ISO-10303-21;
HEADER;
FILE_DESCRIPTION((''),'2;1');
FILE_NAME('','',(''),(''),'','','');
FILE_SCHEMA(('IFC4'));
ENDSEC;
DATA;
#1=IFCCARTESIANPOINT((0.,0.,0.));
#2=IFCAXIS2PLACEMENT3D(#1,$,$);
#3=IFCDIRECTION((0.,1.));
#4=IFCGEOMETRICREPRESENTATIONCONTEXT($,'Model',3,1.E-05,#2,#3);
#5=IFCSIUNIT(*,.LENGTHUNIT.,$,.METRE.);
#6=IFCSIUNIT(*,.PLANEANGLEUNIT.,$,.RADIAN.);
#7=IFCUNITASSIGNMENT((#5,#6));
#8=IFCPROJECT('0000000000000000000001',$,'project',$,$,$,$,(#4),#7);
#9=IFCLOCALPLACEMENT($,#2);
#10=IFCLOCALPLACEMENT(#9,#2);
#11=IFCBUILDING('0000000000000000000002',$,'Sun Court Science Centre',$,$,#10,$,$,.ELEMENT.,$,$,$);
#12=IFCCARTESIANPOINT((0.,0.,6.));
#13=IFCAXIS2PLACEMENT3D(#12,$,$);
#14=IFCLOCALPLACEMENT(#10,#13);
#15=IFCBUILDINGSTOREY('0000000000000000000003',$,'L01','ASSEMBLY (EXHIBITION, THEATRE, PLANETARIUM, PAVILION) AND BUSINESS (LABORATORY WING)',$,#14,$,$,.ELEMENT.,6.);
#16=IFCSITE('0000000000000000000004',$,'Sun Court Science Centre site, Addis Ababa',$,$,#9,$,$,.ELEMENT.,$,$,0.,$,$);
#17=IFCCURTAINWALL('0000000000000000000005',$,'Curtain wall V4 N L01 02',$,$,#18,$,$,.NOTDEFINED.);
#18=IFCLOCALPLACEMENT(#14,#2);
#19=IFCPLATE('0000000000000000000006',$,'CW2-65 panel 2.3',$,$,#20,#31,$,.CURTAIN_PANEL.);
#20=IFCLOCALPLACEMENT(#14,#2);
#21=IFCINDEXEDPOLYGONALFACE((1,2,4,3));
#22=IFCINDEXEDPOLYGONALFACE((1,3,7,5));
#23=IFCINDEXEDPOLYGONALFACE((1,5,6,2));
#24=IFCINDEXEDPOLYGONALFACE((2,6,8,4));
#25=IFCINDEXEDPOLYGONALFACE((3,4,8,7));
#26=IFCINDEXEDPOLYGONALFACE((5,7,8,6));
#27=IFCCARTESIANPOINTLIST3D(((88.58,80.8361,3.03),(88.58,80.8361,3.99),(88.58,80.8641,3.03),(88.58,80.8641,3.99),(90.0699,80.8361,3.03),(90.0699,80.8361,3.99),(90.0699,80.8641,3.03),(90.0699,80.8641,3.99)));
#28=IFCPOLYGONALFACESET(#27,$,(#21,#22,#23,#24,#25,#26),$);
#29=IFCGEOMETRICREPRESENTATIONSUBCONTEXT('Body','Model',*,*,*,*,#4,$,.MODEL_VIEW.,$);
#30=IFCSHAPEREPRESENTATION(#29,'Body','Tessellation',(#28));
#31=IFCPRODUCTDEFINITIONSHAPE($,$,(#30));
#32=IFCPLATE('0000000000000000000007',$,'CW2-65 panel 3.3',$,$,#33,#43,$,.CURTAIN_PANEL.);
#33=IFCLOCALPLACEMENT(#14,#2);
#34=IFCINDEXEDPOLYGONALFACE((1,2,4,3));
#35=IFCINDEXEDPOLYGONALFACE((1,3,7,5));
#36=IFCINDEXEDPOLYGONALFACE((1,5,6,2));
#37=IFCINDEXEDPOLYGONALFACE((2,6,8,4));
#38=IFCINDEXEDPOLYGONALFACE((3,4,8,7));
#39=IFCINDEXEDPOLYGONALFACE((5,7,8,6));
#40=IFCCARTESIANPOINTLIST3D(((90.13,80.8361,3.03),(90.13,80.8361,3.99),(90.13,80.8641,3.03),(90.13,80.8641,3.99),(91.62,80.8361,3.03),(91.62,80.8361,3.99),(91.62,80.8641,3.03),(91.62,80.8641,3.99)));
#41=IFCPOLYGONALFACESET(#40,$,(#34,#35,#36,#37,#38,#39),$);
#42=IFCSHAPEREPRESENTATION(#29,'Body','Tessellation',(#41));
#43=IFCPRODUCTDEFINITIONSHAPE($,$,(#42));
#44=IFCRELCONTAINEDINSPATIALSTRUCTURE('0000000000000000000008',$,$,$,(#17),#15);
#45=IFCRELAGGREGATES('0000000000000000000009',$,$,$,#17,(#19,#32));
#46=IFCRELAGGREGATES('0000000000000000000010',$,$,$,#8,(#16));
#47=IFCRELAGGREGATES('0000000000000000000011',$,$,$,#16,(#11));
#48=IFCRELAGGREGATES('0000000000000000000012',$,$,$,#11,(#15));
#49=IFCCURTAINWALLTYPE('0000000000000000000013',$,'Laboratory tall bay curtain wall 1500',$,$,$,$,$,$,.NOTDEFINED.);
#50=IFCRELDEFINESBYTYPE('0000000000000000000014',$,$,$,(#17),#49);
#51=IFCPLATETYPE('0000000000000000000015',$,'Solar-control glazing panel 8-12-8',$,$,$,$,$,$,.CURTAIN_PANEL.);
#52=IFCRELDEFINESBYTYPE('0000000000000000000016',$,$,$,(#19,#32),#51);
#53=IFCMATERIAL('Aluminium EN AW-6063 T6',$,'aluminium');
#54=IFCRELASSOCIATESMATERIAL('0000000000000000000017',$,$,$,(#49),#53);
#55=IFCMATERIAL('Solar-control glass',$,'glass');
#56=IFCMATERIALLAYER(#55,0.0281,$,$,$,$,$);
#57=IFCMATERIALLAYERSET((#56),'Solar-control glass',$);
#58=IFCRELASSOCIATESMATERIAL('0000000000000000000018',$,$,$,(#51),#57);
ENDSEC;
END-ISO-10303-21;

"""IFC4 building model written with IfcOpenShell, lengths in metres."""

from ifc_helpers import new_model, si_unit, direction, frame, origin, origin_2d, place, context, subcontext, project, spatial, rectangle, extrude, material, layer, layer_set, type_object, element, aggregate, save


model = new_model("IFC4")

# Units and contexts
model_context = context("Model", 3, precision=1e-05, world=origin(), true_north=direction((0.0, 1.0)))
body_context = subcontext(model_context, "Body", "Model", "MODEL_VIEW")
ifc_project = project(units=[si_unit("LENGTHUNIT", "METRE"), si_unit("PLANEANGLEUNIT", "RADIAN")], contexts=[model_context])

# Site, building, storey
site_placement = place(None, origin())
site = spatial("IfcSite", under=ifc_project, at=site_placement, Name="Sun Court Science Centre site, Addis Ababa", CompositionType="ELEMENT", RefElevation=0.0)
building_placement = place(site_placement, origin())
building = spatial("IfcBuilding", under=site, at=building_placement, Name="Sun Court Science Centre", CompositionType="ELEMENT")
storey_placement = place(building_placement, frame((0.0, 0.0, 6.0)))
storey = spatial("IfcBuildingStorey", under=building, at=storey_placement, Name="L01", Description="ASSEMBLY (EXHIBITION, THEATRE, PLANETARIUM, PAVILION) AND BUSINESS (LABORATORY WING)", CompositionType="ELEMENT", Elevation=6.0)

# Curtain wall, plates
ifc_material_1 = material(Name="Aluminium EN AW-6063 T6", Category="aluminium")
curtain_wall_type = type_object("IfcCurtainWallType", Name="Laboratory tall bay curtain wall 1500", PredefinedType="NOTDEFINED", material=ifc_material_1)
curtain_wall_placement = place(storey_placement, origin())
curtain_wall = element("IfcCurtainWall", 1, at=curtain_wall_placement, inside=storey, type_object=curtain_wall_type, Name="Curtain wall V4 N L01 02", PredefinedType="NOTDEFINED")
ifc_material_2 = material(Name="Solar-control glass", Category="glass")
ifc_layer_1 = layer(ifc_material_2, 0.0281)
ifc_layer_set_1 = layer_set([ifc_layer_1], Name="Solar-control glass")
plate_type = type_object("IfcPlateType", Name="Solar-control glazing panel 8-12-8", PredefinedType="CURTAIN_PANEL", material=ifc_layer_set_1)
plate_1_placement = place(storey_placement, frame((89.325, 80.8501, 3.03), z_axis=(0.0, 0.0, 1.0), x_axis=(1.0, 0.0, 0.0)))
plate_1 = element("IfcPlate", 2, at=plate_1_placement, type_object=plate_type, Name="CW2-65 panel 2.3", PredefinedType="CURTAIN_PANEL", context=body_context, shape_type="SweptSolid", body=[
    extrude(rectangle(XDim=1.49, YDim=0.0281, at=origin_2d()), origin(), (0.0, 0.0, 1.0), 0.96),
])
plate_2_placement = place(storey_placement, frame((90.875, 80.8501, 3.03), z_axis=(0.0, 0.0, 1.0), x_axis=(1.0, 0.0, 0.0)))
plate_2 = element("IfcPlate", 3, at=plate_2_placement, type_object=plate_type, Name="CW2-65 panel 3.3", PredefinedType="CURTAIN_PANEL", context=body_context, shape_type="SweptSolid", body=[
    extrude(rectangle(XDim=1.49, YDim=0.0281, at=origin_2d()), origin(), (0.0, 0.0, 1.0), 0.96),
])
aggregate(curtain_wall, [plate_1, plate_2])

save(model, "model.ifc")
